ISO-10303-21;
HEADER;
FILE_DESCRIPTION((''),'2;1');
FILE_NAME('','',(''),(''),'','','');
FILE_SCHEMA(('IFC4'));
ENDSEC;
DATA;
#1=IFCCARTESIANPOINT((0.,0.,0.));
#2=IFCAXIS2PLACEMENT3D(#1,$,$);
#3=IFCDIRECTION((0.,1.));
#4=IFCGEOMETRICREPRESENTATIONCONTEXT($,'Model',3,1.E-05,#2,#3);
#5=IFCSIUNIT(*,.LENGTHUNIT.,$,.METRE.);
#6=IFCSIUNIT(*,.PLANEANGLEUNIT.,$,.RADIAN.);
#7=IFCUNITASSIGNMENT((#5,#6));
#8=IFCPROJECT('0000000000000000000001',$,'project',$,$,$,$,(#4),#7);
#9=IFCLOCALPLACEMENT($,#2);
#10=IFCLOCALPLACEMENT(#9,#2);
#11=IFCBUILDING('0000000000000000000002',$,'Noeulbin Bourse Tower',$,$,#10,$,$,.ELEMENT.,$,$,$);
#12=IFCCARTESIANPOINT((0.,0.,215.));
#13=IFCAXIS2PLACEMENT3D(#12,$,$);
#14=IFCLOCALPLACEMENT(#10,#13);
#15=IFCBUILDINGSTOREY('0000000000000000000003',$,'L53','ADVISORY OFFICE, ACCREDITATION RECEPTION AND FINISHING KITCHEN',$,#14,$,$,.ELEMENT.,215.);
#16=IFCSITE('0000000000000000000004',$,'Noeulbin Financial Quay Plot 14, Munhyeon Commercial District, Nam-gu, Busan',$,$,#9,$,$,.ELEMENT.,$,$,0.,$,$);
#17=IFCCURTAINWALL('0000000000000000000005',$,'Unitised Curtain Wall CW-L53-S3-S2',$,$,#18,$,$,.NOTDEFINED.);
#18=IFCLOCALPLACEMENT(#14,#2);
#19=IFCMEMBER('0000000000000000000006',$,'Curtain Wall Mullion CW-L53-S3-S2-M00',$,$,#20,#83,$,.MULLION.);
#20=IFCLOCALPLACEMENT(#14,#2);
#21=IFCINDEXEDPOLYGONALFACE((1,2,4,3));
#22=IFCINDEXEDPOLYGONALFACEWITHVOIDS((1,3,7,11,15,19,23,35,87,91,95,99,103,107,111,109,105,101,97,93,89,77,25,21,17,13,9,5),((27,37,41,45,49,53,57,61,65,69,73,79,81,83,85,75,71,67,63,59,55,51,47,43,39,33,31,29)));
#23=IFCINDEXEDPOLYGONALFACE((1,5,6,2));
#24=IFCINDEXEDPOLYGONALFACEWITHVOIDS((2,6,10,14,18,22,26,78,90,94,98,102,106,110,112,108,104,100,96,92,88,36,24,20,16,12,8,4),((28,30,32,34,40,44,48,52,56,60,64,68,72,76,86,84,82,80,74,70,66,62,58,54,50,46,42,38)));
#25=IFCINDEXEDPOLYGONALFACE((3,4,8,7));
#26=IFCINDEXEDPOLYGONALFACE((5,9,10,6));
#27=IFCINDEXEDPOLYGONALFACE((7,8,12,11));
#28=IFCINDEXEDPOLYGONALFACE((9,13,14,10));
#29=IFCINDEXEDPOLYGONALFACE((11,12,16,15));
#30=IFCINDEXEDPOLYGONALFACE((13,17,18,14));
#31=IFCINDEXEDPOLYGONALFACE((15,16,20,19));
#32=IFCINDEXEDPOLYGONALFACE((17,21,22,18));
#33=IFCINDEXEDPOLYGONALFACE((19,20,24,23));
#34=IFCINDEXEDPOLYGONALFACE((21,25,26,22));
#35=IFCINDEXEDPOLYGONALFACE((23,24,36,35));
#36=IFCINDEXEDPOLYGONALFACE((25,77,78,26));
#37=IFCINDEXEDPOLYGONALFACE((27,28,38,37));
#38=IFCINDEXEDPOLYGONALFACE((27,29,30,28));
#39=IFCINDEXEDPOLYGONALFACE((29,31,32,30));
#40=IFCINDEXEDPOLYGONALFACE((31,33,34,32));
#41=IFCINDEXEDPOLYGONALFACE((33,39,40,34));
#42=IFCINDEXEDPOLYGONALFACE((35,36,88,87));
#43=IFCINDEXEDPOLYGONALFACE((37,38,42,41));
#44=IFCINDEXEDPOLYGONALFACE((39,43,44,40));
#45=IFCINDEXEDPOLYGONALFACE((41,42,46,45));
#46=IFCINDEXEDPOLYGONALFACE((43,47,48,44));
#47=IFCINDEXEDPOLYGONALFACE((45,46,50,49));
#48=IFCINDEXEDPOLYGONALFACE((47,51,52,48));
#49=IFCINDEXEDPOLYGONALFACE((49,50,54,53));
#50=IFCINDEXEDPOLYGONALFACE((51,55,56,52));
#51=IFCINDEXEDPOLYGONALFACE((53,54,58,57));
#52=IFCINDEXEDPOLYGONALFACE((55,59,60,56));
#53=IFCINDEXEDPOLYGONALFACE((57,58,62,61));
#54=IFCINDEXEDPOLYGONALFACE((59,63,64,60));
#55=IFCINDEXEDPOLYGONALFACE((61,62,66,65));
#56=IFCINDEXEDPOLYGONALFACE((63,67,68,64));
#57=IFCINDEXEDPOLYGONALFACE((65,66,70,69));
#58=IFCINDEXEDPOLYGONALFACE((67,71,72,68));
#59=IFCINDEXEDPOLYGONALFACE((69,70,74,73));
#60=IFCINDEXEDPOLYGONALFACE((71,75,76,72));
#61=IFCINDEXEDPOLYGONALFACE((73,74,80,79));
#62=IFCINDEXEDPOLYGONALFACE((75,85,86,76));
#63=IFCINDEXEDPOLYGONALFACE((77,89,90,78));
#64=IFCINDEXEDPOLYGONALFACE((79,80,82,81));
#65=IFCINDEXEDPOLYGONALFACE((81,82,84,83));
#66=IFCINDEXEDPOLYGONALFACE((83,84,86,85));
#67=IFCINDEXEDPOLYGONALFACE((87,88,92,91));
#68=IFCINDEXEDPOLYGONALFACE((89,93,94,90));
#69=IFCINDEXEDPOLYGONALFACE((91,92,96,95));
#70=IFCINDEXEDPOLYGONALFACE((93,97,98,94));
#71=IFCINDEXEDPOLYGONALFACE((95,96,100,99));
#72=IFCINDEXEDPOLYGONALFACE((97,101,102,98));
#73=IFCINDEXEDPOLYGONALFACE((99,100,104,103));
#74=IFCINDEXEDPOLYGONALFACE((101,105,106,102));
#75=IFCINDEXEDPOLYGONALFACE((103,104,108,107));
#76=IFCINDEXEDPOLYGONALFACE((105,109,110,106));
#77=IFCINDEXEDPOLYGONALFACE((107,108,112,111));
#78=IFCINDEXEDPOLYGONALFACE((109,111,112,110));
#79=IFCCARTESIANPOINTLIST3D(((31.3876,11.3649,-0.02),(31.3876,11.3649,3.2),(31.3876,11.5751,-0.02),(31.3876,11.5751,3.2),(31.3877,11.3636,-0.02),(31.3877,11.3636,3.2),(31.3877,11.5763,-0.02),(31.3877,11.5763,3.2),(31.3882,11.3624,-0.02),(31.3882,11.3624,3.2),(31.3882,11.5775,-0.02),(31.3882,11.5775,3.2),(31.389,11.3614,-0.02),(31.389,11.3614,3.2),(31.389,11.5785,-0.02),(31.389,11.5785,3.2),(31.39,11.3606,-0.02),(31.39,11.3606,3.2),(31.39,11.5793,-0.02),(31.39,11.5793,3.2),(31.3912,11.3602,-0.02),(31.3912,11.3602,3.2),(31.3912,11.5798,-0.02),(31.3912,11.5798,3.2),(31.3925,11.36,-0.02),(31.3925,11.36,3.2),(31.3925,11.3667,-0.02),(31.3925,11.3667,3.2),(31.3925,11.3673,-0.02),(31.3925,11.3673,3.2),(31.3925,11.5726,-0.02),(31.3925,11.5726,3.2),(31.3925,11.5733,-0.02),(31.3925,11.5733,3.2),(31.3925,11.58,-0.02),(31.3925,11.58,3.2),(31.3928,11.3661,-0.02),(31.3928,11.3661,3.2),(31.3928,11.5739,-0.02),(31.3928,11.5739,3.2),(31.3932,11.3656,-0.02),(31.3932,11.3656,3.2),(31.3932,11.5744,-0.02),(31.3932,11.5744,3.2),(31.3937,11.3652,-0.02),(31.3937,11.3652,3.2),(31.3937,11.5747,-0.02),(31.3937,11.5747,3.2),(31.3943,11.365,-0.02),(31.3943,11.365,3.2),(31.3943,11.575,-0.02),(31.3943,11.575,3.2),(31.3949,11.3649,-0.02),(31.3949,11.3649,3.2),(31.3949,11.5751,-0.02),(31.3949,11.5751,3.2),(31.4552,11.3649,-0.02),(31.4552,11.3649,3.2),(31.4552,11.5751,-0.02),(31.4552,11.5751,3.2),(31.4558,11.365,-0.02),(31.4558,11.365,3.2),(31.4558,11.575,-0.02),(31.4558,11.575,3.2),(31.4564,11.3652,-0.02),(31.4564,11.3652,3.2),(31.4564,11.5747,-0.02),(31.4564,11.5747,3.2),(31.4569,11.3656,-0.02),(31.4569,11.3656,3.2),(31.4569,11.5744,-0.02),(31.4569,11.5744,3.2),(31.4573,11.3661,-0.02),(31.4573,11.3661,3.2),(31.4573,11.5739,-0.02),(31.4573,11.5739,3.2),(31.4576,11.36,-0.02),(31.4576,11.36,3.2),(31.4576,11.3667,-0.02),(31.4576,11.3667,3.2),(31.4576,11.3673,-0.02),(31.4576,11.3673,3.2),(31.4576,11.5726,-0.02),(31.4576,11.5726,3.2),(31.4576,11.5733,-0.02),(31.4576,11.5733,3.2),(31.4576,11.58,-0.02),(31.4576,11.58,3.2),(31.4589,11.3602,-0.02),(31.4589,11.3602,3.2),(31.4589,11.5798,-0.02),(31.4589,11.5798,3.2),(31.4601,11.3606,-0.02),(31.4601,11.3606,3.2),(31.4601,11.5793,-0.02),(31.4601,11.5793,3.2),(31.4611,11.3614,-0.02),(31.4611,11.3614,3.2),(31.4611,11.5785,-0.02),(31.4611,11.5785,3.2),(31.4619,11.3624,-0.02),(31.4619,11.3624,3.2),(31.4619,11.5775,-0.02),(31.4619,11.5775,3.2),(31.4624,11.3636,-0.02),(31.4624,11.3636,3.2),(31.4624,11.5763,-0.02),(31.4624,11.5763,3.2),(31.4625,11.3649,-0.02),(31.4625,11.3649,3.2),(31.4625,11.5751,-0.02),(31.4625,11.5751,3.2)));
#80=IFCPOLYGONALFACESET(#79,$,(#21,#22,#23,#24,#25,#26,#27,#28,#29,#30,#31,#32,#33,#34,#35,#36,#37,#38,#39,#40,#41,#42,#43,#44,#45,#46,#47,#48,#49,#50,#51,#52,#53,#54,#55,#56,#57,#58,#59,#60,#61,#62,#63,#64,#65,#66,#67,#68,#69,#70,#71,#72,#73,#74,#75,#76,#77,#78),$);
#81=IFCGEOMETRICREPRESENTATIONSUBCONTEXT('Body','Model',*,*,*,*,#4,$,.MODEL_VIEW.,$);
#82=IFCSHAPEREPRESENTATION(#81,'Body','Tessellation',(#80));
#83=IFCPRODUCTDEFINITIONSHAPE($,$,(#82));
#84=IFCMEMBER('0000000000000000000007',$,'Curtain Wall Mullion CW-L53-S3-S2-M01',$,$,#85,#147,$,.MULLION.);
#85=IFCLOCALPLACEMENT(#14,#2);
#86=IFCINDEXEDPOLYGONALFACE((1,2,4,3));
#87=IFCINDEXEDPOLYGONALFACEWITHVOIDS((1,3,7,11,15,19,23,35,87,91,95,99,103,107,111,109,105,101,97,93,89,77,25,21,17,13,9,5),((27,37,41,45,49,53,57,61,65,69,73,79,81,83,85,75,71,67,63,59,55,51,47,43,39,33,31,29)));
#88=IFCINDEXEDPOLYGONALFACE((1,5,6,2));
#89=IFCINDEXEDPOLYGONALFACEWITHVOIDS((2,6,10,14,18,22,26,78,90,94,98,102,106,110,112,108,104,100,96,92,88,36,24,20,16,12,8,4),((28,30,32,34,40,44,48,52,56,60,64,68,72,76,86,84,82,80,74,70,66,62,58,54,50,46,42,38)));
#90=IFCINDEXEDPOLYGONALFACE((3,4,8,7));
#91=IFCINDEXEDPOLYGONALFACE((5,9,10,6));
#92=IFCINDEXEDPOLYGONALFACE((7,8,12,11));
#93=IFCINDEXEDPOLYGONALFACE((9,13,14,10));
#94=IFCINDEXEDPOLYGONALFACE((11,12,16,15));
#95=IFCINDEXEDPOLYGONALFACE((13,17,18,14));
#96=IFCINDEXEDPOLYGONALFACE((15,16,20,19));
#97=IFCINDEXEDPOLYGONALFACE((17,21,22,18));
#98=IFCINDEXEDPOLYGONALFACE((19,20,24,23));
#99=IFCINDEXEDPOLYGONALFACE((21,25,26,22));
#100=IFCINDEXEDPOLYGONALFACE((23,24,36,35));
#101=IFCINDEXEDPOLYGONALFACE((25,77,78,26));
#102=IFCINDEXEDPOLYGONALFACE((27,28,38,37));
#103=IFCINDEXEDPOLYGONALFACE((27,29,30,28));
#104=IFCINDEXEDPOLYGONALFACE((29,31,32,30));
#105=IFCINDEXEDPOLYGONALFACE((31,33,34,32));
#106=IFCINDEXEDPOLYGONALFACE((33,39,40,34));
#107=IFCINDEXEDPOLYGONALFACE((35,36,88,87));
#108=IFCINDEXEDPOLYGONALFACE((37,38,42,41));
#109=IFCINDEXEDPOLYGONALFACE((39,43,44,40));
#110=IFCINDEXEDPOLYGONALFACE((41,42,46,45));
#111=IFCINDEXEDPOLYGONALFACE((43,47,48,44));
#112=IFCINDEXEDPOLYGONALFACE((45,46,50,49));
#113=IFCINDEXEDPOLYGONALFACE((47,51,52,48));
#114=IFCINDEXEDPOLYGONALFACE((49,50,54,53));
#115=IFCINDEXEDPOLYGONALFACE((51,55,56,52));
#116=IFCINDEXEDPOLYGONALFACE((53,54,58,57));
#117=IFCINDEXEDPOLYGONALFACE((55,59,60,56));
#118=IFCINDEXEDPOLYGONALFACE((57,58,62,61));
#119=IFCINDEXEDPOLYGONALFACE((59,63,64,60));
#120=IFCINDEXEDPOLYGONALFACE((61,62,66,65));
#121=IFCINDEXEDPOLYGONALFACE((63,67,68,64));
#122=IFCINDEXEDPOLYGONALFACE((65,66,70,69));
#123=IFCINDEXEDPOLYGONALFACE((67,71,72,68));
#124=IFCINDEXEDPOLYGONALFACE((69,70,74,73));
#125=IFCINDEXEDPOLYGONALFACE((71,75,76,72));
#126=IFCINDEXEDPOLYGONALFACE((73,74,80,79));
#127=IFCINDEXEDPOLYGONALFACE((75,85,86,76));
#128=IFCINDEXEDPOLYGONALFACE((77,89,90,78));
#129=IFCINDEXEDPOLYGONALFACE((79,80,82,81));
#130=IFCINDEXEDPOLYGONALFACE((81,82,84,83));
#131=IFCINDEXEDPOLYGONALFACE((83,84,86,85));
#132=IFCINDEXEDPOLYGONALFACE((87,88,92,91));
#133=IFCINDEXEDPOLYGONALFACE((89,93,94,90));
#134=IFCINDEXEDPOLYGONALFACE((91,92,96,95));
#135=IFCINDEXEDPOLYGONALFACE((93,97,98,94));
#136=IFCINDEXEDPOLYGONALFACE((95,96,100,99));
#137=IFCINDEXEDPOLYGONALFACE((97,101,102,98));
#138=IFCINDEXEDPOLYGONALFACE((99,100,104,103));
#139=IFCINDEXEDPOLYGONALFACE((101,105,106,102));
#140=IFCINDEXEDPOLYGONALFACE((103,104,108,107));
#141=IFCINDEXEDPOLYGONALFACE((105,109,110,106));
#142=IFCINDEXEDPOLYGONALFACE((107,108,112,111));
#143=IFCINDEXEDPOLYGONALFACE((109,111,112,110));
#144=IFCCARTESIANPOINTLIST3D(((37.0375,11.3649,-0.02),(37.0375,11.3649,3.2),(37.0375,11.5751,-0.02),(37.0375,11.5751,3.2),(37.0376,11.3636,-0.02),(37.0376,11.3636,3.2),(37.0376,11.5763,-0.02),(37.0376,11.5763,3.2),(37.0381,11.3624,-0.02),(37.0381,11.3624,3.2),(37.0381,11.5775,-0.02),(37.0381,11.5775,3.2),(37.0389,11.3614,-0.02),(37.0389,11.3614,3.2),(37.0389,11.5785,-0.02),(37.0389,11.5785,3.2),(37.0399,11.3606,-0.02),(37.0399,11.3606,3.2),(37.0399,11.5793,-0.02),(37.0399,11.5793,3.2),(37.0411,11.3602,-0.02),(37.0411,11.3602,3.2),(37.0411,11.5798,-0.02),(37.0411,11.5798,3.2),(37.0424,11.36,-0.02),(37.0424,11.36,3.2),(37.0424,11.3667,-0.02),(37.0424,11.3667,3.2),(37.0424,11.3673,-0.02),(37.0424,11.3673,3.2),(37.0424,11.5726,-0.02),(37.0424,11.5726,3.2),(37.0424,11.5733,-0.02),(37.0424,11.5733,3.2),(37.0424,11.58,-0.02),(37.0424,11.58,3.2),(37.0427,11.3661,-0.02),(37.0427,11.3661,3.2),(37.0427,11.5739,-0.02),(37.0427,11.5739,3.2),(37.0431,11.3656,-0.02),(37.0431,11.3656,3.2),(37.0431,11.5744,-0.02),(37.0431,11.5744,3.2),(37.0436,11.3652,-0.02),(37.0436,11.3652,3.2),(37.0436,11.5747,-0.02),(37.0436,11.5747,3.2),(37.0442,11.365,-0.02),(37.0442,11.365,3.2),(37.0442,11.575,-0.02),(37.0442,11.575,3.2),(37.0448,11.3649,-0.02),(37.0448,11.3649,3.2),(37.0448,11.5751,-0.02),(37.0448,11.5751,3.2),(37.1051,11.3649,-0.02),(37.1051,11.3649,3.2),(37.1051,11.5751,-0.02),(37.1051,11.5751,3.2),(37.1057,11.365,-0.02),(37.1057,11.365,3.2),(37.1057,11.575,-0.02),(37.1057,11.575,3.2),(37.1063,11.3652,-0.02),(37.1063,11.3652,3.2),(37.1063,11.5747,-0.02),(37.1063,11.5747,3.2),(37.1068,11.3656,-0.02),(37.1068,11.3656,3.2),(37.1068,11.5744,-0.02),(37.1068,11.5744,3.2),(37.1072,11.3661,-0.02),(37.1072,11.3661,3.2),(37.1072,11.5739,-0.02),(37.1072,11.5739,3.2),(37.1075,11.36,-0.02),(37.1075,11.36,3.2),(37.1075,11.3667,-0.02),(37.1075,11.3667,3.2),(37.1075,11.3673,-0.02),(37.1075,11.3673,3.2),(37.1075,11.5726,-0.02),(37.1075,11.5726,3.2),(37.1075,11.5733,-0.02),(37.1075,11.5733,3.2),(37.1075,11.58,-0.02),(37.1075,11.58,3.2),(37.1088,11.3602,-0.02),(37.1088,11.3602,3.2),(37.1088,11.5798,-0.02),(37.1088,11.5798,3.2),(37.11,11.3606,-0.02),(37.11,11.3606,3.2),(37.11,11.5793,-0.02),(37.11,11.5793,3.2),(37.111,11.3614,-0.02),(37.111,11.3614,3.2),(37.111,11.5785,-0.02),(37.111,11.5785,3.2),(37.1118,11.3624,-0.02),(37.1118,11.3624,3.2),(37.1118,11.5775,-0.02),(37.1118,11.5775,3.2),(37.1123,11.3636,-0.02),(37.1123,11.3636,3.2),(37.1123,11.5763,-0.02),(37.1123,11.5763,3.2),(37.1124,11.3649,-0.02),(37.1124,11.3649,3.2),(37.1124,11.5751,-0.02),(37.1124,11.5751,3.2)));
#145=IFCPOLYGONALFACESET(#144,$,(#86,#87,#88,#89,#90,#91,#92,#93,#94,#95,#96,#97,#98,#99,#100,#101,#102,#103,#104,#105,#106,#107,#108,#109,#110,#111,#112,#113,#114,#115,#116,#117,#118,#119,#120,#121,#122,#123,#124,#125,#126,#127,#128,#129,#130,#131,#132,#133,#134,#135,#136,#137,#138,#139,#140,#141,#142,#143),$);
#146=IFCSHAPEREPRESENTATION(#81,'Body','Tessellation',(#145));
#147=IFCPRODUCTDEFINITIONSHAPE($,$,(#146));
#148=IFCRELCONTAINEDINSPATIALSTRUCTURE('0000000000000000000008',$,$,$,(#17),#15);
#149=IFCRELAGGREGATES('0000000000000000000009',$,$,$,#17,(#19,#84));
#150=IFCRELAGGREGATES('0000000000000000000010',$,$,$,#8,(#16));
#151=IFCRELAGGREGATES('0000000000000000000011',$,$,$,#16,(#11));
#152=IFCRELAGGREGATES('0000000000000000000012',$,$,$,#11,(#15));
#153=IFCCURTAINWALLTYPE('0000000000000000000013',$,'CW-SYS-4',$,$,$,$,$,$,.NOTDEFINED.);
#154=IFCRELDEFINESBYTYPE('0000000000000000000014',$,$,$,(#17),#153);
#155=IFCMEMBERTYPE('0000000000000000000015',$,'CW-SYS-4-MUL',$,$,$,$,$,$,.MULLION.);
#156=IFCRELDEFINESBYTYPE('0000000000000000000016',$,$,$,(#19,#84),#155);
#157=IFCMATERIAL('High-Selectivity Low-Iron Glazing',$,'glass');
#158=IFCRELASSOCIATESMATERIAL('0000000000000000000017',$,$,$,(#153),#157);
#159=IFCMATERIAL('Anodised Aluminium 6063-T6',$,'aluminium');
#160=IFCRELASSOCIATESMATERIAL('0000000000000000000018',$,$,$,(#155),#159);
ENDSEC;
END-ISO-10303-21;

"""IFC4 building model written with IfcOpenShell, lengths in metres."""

from ifc_helpers import new_model, si_unit, direction, frame, origin, origin_2d, place, context, subcontext, project, spatial, hollow_rectangle, extrude, material, material_profile, profile_set, type_object, element, aggregate, save


model = new_model("IFC4")

# Units and contexts
model_context = context("Model", 3, precision=1e-05, world=origin(), true_north=direction((0.0, 1.0)))
body_context = subcontext(model_context, "Body", "Model", "MODEL_VIEW")
ifc_project = project(units=[si_unit("LENGTHUNIT", "METRE"), si_unit("PLANEANGLEUNIT", "RADIAN")], contexts=[model_context])

# Site, building, storey
site_placement = place(None, origin())
site = spatial("IfcSite", under=ifc_project, at=site_placement, Name="Noeulbin Financial Quay Plot 14, Munhyeon Commercial District, Nam-gu, Busan", CompositionType="ELEMENT", RefElevation=0.0)
building_placement = place(site_placement, origin())
building = spatial("IfcBuilding", under=site, at=building_placement, Name="Noeulbin Bourse Tower", CompositionType="ELEMENT")
storey_placement = place(building_placement, frame((0.0, 0.0, 215.0)))
storey = spatial("IfcBuildingStorey", under=building, at=storey_placement, Name="L53", Description="ADVISORY OFFICE, ACCREDITATION RECEPTION AND FINISHING KITCHEN", CompositionType="ELEMENT", Elevation=215.0)

# Curtain wall, members
ifc_material_1 = material(Name="High-Selectivity Low-Iron Glazing", Category="glass")
curtain_wall_type = type_object("IfcCurtainWallType", Name="CW-SYS-4", PredefinedType="NOTDEFINED", material=ifc_material_1)
ifc_material_2 = material(Name="Anodised Aluminium 6063-T6", Category="aluminium")
ifc_material_profile_1 = material_profile(ifc_material_2, hollow_rectangle(XDim=0.075, YDim=0.22, WallThickness=0.0049, InnerFilletRadius=0.0024, OuterFilletRadius=0.0049, at=origin_2d()), Name="ALU-MULL-75x220x5", Category="LoadBearing")
ifc_profile_set_1 = profile_set([ifc_material_profile_1], Name="Anodised Aluminium 6063-T6")
member_type_1 = type_object("IfcMemberType", Name="CW-SYS-4-MUL", PredefinedType="MULLION", material=ifc_profile_set_1)
curtain_wall_1_placement = place(storey_placement, origin())
curtain_wall_1 = element("IfcCurtainWall", 1, at=curtain_wall_1_placement, inside=storey, type_object=curtain_wall_type, Name="Unitised Curtain Wall CW-L53-S3-S2", PredefinedType="NOTDEFINED")
member_1_placement = place(storey_placement, frame((31.425, 11.47, -0.02), z_axis=(0.0, 0.0, 1.0), x_axis=(1.0, 0.0, 0.0)))
member_1 = element("IfcMember", 2, at=member_1_placement, type_object=member_type_1, Name="Curtain Wall Mullion CW-L53-S3-S2-M00", PredefinedType="MULLION", context=body_context, shape_type="SweptSolid", body=[
    extrude(hollow_rectangle(XDim=0.075, YDim=0.22, WallThickness=0.0049, InnerFilletRadius=0.0024, OuterFilletRadius=0.0049, at=origin_2d()), origin(), (0.0, 0.0, 1.0), 3.22),
])
member_2_placement = place(storey_placement, frame((37.075, 11.47, -0.02), z_axis=(0.0, 0.0, 1.0), x_axis=(1.0, 0.0, 0.0)))
member_2 = element("IfcMember", 3, at=member_2_placement, type_object=member_type_1, Name="Curtain Wall Mullion CW-L53-S3-S2-M01", PredefinedType="MULLION", context=body_context, shape_type="SweptSolid", body=[
    extrude(hollow_rectangle(XDim=0.075, YDim=0.22, WallThickness=0.0049, InnerFilletRadius=0.0024, OuterFilletRadius=0.0049, at=origin_2d()), origin(), (0.0, 0.0, 1.0), 3.22),
])

aggregate(curtain_wall_1, [member_1, member_2])

save(model, "model.ifc")
